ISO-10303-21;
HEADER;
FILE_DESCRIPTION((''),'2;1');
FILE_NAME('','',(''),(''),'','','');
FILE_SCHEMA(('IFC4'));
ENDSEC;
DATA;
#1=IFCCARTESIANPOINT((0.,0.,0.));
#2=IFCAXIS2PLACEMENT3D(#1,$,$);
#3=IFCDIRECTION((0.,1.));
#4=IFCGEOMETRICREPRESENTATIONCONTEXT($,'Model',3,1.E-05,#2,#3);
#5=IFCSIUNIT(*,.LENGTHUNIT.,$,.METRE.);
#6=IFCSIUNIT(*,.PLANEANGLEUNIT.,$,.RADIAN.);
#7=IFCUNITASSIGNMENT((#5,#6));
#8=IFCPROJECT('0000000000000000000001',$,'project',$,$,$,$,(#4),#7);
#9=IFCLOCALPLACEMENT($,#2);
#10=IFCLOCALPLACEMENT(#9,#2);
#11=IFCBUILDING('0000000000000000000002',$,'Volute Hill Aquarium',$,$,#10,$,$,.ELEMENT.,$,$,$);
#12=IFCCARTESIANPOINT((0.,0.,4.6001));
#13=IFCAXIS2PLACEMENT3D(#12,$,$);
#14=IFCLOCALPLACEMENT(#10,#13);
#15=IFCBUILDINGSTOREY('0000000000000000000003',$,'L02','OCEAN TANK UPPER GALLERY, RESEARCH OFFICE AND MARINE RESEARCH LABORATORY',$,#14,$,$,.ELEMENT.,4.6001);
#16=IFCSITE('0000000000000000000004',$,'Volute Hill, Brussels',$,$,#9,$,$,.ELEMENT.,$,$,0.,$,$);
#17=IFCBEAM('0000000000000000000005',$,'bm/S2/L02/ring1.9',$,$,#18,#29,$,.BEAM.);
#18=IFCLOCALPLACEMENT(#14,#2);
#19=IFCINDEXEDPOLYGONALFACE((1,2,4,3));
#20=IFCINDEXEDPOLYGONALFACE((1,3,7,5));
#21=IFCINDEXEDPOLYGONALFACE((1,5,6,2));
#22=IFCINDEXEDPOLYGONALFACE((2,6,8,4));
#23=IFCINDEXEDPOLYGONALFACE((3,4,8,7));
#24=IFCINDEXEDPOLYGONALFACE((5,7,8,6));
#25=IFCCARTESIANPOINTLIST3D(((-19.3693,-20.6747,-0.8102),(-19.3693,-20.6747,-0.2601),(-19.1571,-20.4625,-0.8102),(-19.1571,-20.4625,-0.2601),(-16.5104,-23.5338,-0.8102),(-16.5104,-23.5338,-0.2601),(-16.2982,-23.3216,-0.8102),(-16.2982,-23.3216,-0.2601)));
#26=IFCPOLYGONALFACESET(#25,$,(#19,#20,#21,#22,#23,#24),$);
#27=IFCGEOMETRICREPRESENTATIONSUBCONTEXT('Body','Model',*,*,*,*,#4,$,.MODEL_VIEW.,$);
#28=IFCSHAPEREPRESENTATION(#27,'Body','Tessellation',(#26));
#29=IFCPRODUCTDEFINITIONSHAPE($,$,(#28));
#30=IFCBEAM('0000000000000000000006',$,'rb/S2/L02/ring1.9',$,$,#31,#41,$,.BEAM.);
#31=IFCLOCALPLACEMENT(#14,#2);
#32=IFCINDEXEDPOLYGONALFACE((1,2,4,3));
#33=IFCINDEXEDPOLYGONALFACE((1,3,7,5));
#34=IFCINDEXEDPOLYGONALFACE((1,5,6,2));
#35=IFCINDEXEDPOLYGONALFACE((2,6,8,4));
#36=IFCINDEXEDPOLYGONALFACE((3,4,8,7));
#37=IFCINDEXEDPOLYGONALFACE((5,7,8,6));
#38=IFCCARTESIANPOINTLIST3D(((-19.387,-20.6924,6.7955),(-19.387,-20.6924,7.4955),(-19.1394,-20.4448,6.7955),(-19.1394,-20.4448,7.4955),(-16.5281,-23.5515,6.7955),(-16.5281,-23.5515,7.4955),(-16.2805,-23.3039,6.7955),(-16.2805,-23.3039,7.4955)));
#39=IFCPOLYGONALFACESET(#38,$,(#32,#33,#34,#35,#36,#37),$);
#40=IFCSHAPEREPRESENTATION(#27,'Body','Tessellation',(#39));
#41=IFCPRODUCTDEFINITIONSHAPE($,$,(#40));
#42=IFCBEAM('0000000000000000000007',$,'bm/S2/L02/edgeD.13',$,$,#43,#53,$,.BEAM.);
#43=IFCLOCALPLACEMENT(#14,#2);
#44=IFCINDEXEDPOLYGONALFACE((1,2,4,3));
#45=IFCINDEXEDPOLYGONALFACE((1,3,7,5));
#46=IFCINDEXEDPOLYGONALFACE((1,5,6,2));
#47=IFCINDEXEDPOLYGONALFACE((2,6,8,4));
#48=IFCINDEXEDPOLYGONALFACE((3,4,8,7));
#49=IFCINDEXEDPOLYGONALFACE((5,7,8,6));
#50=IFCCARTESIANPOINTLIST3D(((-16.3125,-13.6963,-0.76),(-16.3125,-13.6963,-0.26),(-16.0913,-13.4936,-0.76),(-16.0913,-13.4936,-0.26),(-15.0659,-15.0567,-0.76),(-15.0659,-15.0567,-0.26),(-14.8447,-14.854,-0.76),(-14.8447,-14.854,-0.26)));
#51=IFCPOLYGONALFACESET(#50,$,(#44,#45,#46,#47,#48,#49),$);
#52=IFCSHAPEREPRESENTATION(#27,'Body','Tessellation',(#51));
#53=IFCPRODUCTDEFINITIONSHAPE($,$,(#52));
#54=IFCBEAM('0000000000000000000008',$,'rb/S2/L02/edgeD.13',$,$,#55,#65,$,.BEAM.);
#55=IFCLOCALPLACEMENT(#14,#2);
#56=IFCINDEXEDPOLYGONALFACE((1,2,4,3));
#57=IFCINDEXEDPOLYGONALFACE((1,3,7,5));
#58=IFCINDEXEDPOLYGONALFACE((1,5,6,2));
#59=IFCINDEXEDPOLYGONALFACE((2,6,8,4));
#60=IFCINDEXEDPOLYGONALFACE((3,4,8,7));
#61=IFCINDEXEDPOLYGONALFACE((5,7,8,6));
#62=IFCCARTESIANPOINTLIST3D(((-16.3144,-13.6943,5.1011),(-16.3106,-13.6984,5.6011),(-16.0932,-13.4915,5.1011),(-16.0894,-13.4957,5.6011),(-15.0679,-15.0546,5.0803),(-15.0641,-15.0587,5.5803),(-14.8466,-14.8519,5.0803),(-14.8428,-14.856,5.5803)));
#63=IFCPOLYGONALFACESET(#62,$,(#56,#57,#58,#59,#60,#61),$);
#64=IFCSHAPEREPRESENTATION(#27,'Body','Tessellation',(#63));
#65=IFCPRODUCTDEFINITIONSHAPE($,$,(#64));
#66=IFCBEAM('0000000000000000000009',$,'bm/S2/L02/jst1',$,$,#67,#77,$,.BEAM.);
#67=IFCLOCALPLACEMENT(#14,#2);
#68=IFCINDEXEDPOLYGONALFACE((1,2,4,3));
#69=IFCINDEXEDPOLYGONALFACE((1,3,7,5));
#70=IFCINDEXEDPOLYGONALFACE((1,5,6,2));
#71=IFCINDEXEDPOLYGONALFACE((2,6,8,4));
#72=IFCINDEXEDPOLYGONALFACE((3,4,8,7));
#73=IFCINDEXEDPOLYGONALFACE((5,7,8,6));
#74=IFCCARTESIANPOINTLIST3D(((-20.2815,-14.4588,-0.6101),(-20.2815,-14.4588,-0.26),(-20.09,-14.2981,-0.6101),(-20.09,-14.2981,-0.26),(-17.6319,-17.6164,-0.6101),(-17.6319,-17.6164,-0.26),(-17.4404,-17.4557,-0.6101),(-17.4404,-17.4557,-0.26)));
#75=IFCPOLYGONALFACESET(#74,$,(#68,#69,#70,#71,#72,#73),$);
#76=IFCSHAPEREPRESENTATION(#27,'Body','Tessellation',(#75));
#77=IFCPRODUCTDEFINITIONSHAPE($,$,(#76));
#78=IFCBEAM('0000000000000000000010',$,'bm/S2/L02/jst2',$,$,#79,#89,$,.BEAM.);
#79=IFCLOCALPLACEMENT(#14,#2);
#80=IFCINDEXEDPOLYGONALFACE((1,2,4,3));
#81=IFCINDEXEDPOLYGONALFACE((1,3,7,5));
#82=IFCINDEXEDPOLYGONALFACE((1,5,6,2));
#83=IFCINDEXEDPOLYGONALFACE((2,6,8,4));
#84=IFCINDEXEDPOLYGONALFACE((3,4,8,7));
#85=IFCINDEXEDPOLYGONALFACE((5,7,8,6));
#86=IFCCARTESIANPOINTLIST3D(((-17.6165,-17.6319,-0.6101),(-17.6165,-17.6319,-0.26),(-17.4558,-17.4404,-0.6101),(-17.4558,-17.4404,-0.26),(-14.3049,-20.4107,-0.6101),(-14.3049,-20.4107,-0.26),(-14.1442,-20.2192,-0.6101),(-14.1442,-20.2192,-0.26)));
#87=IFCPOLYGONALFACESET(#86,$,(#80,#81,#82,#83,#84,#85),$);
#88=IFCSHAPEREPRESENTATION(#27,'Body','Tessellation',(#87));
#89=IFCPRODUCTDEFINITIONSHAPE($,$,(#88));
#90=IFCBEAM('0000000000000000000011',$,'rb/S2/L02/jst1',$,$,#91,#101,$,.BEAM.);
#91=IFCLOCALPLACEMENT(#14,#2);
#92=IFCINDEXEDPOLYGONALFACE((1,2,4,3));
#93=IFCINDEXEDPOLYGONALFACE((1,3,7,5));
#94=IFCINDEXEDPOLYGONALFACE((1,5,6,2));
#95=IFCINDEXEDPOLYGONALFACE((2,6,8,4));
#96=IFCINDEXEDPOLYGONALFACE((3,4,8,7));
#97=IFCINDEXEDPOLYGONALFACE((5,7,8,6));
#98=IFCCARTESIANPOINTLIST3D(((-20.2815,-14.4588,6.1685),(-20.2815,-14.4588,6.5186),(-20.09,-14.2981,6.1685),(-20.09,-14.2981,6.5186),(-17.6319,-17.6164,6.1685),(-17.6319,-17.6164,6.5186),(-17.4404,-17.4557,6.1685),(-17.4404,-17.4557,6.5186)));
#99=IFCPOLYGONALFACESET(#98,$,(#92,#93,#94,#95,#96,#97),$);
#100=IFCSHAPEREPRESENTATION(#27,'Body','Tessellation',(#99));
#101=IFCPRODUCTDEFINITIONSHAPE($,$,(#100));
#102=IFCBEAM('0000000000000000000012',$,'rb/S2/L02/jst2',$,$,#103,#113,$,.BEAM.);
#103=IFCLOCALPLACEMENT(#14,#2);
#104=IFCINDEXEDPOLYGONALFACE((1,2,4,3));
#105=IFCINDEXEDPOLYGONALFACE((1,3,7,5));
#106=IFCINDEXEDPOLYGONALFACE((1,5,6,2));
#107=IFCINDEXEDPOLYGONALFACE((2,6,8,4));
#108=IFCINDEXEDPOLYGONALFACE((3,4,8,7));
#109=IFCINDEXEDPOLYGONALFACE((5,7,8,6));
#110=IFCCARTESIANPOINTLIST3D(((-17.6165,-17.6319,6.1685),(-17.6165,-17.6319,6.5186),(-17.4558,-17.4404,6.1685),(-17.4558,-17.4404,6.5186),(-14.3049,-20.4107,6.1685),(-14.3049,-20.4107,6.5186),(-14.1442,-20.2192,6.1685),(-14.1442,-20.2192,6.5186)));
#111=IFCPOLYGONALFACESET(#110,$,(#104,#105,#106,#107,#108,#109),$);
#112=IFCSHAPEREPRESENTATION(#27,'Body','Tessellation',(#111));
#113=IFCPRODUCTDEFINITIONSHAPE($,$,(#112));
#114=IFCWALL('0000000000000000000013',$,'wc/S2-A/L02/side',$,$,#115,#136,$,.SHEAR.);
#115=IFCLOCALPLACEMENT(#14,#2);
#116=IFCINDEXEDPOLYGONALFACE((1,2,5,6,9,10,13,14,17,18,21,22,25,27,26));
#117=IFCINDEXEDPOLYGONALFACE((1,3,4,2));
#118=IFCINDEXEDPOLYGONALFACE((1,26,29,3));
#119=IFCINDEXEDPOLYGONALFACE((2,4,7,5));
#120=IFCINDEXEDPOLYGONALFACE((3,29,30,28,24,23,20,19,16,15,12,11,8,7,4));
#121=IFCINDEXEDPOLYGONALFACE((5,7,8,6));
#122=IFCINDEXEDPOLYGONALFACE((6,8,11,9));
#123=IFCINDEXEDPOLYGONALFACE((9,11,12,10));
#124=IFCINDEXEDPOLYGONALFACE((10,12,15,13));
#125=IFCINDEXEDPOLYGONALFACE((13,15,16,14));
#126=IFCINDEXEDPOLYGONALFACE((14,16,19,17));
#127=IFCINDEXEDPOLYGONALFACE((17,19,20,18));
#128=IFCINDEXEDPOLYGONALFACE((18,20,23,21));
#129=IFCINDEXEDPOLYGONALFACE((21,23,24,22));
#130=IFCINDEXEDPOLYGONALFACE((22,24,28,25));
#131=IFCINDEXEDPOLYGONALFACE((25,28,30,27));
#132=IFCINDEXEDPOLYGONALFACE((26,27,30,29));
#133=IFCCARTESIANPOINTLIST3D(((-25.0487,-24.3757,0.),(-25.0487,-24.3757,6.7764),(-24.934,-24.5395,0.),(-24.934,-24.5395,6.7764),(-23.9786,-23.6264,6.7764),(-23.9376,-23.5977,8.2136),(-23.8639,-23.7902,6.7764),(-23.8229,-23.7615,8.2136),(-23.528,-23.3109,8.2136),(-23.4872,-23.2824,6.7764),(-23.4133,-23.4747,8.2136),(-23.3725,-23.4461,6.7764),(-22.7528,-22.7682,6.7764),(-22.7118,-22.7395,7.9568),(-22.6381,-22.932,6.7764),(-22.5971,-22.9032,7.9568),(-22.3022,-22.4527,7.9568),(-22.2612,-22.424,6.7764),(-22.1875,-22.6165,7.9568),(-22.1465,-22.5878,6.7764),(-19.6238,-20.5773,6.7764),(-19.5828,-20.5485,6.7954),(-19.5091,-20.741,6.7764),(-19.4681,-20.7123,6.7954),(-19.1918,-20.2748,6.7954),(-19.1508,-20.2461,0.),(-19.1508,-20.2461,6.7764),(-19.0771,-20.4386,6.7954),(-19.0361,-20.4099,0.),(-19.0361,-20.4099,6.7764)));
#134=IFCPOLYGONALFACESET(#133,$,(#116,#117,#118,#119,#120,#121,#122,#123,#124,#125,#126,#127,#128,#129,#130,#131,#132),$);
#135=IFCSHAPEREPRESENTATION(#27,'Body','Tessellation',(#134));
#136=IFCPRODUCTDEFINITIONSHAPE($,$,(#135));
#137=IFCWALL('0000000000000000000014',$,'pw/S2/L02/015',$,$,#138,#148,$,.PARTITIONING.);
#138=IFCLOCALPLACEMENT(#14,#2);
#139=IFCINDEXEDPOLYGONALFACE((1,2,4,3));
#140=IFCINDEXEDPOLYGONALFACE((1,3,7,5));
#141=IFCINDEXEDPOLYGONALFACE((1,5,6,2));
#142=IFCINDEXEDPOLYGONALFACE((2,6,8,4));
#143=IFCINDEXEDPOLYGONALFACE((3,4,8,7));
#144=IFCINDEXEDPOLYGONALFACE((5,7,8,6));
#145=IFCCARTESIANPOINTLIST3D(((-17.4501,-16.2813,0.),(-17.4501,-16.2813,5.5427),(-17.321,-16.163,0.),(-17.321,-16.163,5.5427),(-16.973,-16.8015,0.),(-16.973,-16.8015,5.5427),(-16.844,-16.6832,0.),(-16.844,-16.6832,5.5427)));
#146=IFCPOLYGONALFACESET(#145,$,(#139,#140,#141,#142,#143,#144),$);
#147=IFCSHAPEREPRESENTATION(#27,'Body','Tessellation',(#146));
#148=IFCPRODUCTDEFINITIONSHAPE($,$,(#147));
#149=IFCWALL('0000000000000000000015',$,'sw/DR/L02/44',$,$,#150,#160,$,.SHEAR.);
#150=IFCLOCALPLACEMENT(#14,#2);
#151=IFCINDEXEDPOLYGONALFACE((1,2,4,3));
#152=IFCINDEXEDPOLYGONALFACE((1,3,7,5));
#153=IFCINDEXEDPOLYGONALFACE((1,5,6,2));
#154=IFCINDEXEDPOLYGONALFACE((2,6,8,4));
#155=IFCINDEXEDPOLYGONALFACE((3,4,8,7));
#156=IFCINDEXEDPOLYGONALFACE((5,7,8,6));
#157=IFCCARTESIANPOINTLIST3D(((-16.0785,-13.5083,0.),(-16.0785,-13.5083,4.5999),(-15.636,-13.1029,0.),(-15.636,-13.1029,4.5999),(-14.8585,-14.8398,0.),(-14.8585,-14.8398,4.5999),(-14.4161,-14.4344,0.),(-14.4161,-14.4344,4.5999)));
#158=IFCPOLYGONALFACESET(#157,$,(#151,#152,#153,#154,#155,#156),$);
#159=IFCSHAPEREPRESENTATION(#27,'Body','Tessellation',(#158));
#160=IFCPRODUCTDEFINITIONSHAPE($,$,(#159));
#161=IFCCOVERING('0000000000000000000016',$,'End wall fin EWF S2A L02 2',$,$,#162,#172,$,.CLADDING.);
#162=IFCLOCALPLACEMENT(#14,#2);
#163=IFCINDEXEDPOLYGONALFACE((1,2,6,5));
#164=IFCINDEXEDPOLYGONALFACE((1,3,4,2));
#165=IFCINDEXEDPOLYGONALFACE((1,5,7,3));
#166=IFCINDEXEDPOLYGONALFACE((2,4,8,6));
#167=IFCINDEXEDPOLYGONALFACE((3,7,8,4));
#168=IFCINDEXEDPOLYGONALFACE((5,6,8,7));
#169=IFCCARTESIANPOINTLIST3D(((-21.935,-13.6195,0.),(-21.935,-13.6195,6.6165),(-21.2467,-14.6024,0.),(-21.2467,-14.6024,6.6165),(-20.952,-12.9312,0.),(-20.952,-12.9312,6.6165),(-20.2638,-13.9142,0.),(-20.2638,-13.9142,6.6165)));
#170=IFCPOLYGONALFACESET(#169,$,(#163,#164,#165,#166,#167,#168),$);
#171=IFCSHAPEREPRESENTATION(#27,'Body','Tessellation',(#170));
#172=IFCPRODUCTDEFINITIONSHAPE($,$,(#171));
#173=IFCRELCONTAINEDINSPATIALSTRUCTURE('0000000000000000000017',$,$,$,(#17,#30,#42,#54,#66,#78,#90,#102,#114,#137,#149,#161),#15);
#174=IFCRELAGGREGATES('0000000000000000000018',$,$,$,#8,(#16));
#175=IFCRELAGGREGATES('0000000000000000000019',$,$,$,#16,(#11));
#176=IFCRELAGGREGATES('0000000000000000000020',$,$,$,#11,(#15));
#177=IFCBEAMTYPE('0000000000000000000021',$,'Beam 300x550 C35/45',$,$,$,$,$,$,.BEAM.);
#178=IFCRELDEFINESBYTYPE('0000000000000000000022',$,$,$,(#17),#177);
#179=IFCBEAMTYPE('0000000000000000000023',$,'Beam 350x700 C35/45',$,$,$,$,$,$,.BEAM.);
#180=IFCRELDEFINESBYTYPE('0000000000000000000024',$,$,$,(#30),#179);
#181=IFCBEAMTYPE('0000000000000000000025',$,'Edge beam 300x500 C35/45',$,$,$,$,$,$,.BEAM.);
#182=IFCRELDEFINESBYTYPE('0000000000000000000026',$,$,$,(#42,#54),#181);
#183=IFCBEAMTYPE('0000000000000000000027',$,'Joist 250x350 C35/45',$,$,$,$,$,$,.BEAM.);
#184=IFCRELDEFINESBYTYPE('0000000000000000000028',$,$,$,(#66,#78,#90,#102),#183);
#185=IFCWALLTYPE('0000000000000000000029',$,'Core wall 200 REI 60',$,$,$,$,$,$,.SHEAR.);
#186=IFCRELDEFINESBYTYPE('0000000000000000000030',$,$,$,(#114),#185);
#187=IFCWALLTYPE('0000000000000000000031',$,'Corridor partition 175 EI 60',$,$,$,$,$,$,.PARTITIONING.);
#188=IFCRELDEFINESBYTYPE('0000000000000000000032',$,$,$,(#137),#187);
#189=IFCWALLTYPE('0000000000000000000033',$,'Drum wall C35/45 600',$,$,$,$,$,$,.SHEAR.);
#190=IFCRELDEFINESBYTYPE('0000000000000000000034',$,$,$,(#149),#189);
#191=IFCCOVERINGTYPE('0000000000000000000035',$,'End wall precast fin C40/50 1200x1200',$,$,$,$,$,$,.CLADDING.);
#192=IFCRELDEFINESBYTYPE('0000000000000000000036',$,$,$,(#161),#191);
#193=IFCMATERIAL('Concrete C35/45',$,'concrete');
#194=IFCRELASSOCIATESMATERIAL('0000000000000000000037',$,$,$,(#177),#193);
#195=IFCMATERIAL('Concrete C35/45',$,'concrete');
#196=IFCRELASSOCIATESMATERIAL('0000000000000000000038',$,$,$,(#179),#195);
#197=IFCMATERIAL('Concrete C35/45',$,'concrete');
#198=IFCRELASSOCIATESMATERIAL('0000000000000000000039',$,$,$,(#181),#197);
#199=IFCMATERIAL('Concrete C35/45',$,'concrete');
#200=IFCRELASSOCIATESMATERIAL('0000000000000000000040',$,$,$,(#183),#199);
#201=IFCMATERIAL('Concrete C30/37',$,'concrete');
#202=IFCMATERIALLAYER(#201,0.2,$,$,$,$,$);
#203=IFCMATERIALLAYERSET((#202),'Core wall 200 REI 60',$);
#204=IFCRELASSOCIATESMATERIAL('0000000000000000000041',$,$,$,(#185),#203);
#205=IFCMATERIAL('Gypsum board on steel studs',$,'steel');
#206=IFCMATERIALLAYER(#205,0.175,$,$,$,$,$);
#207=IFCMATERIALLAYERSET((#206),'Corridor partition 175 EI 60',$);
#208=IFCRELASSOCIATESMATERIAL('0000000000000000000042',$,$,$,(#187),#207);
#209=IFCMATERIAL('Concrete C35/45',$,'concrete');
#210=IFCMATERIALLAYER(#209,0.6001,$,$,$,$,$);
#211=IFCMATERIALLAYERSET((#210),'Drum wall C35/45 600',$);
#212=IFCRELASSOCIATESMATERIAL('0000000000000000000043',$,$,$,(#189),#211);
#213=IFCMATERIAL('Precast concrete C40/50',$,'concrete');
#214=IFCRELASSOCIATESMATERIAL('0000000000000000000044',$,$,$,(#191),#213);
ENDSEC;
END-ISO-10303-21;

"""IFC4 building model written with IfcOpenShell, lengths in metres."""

from ifc_helpers import new_model, si_unit, direction, frame, frame_2d, origin, origin_2d, place, context, subcontext, project, spatial, polyline, rectangle, outline, extrude, material, layer, layer_set, material_profile, profile_set, type_object, element, save


model = new_model("IFC4")

# Units and contexts
model_context = context("Model", 3, precision=1e-05, world=origin(), true_north=direction((0.0, 1.0)))
body_context = subcontext(model_context, "Body", "Model", "MODEL_VIEW")
ifc_project = project(units=[si_unit("LENGTHUNIT", "METRE"), si_unit("PLANEANGLEUNIT", "RADIAN")], contexts=[model_context])

# Site, building, storey
site_placement = place(None, origin())
site = spatial("IfcSite", under=ifc_project, at=site_placement, Name="Volute Hill, Brussels", CompositionType="ELEMENT", RefElevation=0.0)
building_placement = place(site_placement, origin())
building = spatial("IfcBuilding", under=site, at=building_placement, Name="Volute Hill Aquarium", CompositionType="ELEMENT")
storey_placement = place(building_placement, frame((0.0, 0.0, 4.6001)))
storey = spatial("IfcBuildingStorey", under=building, at=storey_placement, Name="L02", Description="OCEAN TANK UPPER GALLERY, RESEARCH OFFICE AND MARINE RESEARCH LABORATORY", CompositionType="ELEMENT", Elevation=4.6001)

# Beams
ifc_material_1 = material(Name="Concrete C35/45", Category="concrete")
ifc_material_profile_1 = material_profile(ifc_material_1, rectangle(XDim=0.3, YDim=0.55, at=origin_2d()), Name="RC beam 300x550")
ifc_profile_set_1 = profile_set([ifc_material_profile_1], Name="Concrete C35/45")
beam_type_1 = type_object("IfcBeamType", Name="Beam 300x550 C35/45", PredefinedType="BEAM", material=ifc_profile_set_1)
beam_1_placement = place(storey_placement, frame((-19.2632, -20.5686, -0.5352), z_axis=(0.707077, -0.707137, 0.0), x_axis=(0.707137, 0.707077, 0.0)))
element("IfcBeam", 1, at=beam_1_placement, inside=storey, type_object=beam_type_1, Name="bm/S2/L02/ring1.9", PredefinedType="BEAM", context=body_context, shape_type="SweptSolid", body=[
    extrude(rectangle(XDim=0.3, YDim=0.55, at=origin_2d()), origin(), (0.0, 0.0, 1.0), 4.0432),
])
ifc_material_2 = material(Name="Concrete C35/45", Category="concrete")
ifc_material_profile_2 = material_profile(ifc_material_2, rectangle(XDim=0.3501, YDim=0.7, at=origin_2d()), Name="RC beam 350x700")
ifc_profile_set_2 = profile_set([ifc_material_profile_2], Name="Concrete C35/45")
beam_type_2 = type_object("IfcBeamType", Name="Beam 350x700 C35/45", PredefinedType="BEAM", material=ifc_profile_set_2)
beam_2_placement = place(storey_placement, frame((-19.2632, -20.5686, 7.1455), z_axis=(0.707077, -0.707137, 0.0), x_axis=(0.707137, 0.707077, 0.0)))
element("IfcBeam", 2, at=beam_2_placement, inside=storey, type_object=beam_type_2, Name="rb/S2/L02/ring1.9", PredefinedType="BEAM", context=body_context, shape_type="SweptSolid", body=[
    extrude(rectangle(XDim=0.3501, YDim=0.7, at=origin_2d()), origin(), (0.0, 0.0, 1.0), 4.0432),
])
ifc_material_3 = material(Name="Concrete C35/45", Category="concrete")
ifc_material_profile_3 = material_profile(ifc_material_3, rectangle(XDim=0.3, YDim=0.5, at=origin_2d()), Name="RC edge beam 300x500")
ifc_profile_set_3 = profile_set([ifc_material_profile_3], Name="Concrete C35/45")
beam_type_3 = type_object("IfcBeamType", Name="Edge beam 300x500 C35/45", PredefinedType="BEAM", material=ifc_profile_set_3)
for number, where, z_axis, x_axis, name in (
    (3, (-16.2019, -13.595, -0.51), (0.675605, -0.737264, 0.0), (0.737264, 0.675605, 0.0), "bm/S2/L02/edgeD.13"),
    (4, (-16.2019, -13.595, 5.3511), (0.675562, -0.737217, -0.011246), (0.737264, 0.675605, 0.0), "rb/S2/L02/edgeD.13"),
):
    element("IfcBeam", number, at=place(storey_placement, frame(where, z_axis=z_axis, x_axis=x_axis)), inside=storey, type_object=beam_type_3, Name=name, PredefinedType="BEAM", context=body_context, shape_type="SweptSolid", body=[
        extrude(rectangle(XDim=0.3, YDim=0.5, at=origin_2d()), origin(), (0.0, 0.0, 1.0), 1.8452),
    ])
ifc_material_4 = material(Name="Concrete C35/45", Category="concrete")
ifc_material_profile_4 = material_profile(ifc_material_4, rectangle(XDim=0.25, YDim=0.3501, at=origin_2d()), Name="RC joist 250x350")
ifc_profile_set_4 = profile_set([ifc_material_profile_4], Name="Concrete C35/45")
beam_type_4 = type_object("IfcBeamType", Name="Joist 250x350 C35/45", PredefinedType="BEAM", material=ifc_profile_set_4)
beam_3_placement = place(storey_placement, frame((-20.1858, -14.3784, -0.4351), z_axis=(0.642791, -0.766042, 0.0), x_axis=(0.766042, 0.642791, 0.0)))
element("IfcBeam", 5, at=beam_3_placement, inside=storey, type_object=beam_type_4, Name="bm/S2/L02/jst1", PredefinedType="BEAM", context=body_context, shape_type="SweptSolid", body=[
    extrude(rectangle(XDim=0.25, YDim=0.3501, at=origin_2d()), origin(), (0.0, 0.0, 1.0), 4.1221),
])
beam_4_placement = place(storey_placement, frame((-17.5361, -17.5361, -0.4351), z_axis=(0.766032, -0.642803, 0.0), x_axis=(0.642803, 0.766032, 0.0)))
element("IfcBeam", 6, at=beam_4_placement, inside=storey, type_object=beam_type_4, Name="bm/S2/L02/jst2", PredefinedType="BEAM", context=body_context, shape_type="SweptSolid", body=[
    extrude(rectangle(XDim=0.25, YDim=0.3501, at=origin_2d()), origin(), (0.0, 0.0, 1.0), 4.323),
])
beam_5_placement = place(storey_placement, frame((-20.1858, -14.3784, 6.3435), z_axis=(0.642791, -0.766042, 0.0), x_axis=(0.766042, 0.642791, 0.0)))
element("IfcBeam", 7, at=beam_5_placement, inside=storey, type_object=beam_type_4, Name="rb/S2/L02/jst1", PredefinedType="BEAM", context=body_context, shape_type="SweptSolid", body=[
    extrude(rectangle(XDim=0.25, YDim=0.3501, at=origin_2d()), origin(), (0.0, 0.0, 1.0), 4.1221),
])
beam_6_placement = place(storey_placement, frame((-17.5361, -17.5361, 6.3435), z_axis=(0.766032, -0.642803, 0.0), x_axis=(0.642803, 0.766032, 0.0)))
element("IfcBeam", 8, at=beam_6_placement, inside=storey, type_object=beam_type_4, Name="rb/S2/L02/jst2", PredefinedType="BEAM", context=body_context, shape_type="SweptSolid", body=[
    extrude(rectangle(XDim=0.25, YDim=0.3501, at=origin_2d()), origin(), (0.0, 0.0, 1.0), 4.323),
])

# Wall
ifc_material_5 = material(Name="Concrete C30/37", Category="concrete")
ifc_layer_1 = layer(ifc_material_5, 0.2)
ifc_layer_set_1 = layer_set([ifc_layer_1], Name="Core wall 200 REI 60")
wall_type_1 = type_object("IfcWallType", Name="Core wall 200 REI 60", PredefinedType="SHEAR", material=ifc_layer_set_1)
wall_1_placement = place(storey_placement, frame((-19.0935, -20.3279, 0.0), z_axis=(0.0, 0.0, 1.0), x_axis=(-0.819162, -0.573562, 0.0)))
element("IfcWall", 9, at=wall_1_placement, inside=storey, type_object=wall_type_1, Name="wc/S2-A/L02/side", PredefinedType="SHEAR", context=body_context, shape_type="SweptSolid", body=[
    extrude(outline(polyline([(0.0, 0.0), (7.2, 0.0), (7.2, 6.7764), (5.8936, 6.7764), (5.8435, 8.2136), (5.3435, 8.2136), (5.2937, 6.7764), (4.3972, 6.7764), (4.3472, 7.9568), (3.8472, 7.9568), (3.7971, 6.7764), (0.5774, 6.7764), (0.5273, 6.7954), (0.05, 6.7954), (0.0, 6.7764), (0.0, 0.0)])), frame((0.0, 0.1001, 0.0), z_axis=(0.0, -1.0, 0.0), x_axis=(1.0, 0.0, 0.0)), (0.0, 0.0, 1.0), 0.2),
])

# Shared definitions
ifc_material_6 = material(Name="Gypsum board on steel studs", Category="steel")
ifc_layer_2 = layer(ifc_material_6, 0.175)
ifc_layer_set_2 = layer_set([ifc_layer_2], Name="Corridor partition 175 EI 60")
wall_type_2 = type_object("IfcWallType", Name="Corridor partition 175 EI 60", PredefinedType="PARTITIONING", material=ifc_layer_set_2)

# Walls
wall_2_placement = place(storey_placement, frame((-16.9084, -16.7424, 0.0), z_axis=(0.0, 0.0, 1.0), x_axis=(-0.675834, 0.737054, 0.0)))
element("IfcWall", 10, at=wall_2_placement, inside=storey, type_object=wall_type_2, Name="pw/S2/L02/015", PredefinedType="PARTITIONING", context=body_context, shape_type="SweptSolid", body=[
    extrude(rectangle(XDim=0.7058, YDim=0.175, at=frame_2d((0.353, 0.0))), origin(), (0.0, 0.0, 1.0), 5.5427),
])
ifc_material_7 = material(Name="Concrete C35/45", Category="concrete")
ifc_layer_3 = layer(ifc_material_7, 0.6001)
ifc_layer_set_3 = layer_set([ifc_layer_3], Name="Drum wall C35/45 600")
wall_type_3 = type_object("IfcWallType", Name="Drum wall C35/45 600", PredefinedType="SHEAR", material=ifc_layer_set_3)
wall_3_placement = place(storey_placement, frame((-15.8572, -13.3057, 0.0), z_axis=(0.0, 0.0, 1.0), x_axis=(0.675541, -0.737322, 0.0)))
element("IfcWall", 11, at=wall_3_placement, inside=storey, type_object=wall_type_3, Name="sw/DR/L02/44", PredefinedType="SHEAR", context=body_context, shape_type="SweptSolid", body=[
    extrude(rectangle(XDim=1.8059, YDim=0.6001, at=frame_2d((0.9028, 0.0))), origin(), (0.0, 0.0, 1.0), 4.5999),
])

# Covering
ifc_material_8 = material(Name="Precast concrete C40/50", Category="concrete")
covering_type_1 = type_object("IfcCoveringType", Name="End wall precast fin C40/50 1200x1200", PredefinedType="CLADDING", material=ifc_material_8)
covering_1_placement = place(storey_placement, frame((-21.0994, -13.7668, 0.0), z_axis=(0.0, 0.0, 1.0), x_axis=(-0.819154, -0.573574, 0.0)))
element("IfcCovering", 12, at=covering_1_placement, inside=storey, type_object=covering_type_1, Name="End wall fin EWF S2A L02 2", PredefinedType="CLADDING", context=body_context, shape_type="SweptSolid", body=[
    extrude(rectangle(XDim=1.2, YDim=1.2, at=origin_2d()), origin(), (0.0, 0.0, 1.0), 6.6165),
])

save(model, "model.ifc")
